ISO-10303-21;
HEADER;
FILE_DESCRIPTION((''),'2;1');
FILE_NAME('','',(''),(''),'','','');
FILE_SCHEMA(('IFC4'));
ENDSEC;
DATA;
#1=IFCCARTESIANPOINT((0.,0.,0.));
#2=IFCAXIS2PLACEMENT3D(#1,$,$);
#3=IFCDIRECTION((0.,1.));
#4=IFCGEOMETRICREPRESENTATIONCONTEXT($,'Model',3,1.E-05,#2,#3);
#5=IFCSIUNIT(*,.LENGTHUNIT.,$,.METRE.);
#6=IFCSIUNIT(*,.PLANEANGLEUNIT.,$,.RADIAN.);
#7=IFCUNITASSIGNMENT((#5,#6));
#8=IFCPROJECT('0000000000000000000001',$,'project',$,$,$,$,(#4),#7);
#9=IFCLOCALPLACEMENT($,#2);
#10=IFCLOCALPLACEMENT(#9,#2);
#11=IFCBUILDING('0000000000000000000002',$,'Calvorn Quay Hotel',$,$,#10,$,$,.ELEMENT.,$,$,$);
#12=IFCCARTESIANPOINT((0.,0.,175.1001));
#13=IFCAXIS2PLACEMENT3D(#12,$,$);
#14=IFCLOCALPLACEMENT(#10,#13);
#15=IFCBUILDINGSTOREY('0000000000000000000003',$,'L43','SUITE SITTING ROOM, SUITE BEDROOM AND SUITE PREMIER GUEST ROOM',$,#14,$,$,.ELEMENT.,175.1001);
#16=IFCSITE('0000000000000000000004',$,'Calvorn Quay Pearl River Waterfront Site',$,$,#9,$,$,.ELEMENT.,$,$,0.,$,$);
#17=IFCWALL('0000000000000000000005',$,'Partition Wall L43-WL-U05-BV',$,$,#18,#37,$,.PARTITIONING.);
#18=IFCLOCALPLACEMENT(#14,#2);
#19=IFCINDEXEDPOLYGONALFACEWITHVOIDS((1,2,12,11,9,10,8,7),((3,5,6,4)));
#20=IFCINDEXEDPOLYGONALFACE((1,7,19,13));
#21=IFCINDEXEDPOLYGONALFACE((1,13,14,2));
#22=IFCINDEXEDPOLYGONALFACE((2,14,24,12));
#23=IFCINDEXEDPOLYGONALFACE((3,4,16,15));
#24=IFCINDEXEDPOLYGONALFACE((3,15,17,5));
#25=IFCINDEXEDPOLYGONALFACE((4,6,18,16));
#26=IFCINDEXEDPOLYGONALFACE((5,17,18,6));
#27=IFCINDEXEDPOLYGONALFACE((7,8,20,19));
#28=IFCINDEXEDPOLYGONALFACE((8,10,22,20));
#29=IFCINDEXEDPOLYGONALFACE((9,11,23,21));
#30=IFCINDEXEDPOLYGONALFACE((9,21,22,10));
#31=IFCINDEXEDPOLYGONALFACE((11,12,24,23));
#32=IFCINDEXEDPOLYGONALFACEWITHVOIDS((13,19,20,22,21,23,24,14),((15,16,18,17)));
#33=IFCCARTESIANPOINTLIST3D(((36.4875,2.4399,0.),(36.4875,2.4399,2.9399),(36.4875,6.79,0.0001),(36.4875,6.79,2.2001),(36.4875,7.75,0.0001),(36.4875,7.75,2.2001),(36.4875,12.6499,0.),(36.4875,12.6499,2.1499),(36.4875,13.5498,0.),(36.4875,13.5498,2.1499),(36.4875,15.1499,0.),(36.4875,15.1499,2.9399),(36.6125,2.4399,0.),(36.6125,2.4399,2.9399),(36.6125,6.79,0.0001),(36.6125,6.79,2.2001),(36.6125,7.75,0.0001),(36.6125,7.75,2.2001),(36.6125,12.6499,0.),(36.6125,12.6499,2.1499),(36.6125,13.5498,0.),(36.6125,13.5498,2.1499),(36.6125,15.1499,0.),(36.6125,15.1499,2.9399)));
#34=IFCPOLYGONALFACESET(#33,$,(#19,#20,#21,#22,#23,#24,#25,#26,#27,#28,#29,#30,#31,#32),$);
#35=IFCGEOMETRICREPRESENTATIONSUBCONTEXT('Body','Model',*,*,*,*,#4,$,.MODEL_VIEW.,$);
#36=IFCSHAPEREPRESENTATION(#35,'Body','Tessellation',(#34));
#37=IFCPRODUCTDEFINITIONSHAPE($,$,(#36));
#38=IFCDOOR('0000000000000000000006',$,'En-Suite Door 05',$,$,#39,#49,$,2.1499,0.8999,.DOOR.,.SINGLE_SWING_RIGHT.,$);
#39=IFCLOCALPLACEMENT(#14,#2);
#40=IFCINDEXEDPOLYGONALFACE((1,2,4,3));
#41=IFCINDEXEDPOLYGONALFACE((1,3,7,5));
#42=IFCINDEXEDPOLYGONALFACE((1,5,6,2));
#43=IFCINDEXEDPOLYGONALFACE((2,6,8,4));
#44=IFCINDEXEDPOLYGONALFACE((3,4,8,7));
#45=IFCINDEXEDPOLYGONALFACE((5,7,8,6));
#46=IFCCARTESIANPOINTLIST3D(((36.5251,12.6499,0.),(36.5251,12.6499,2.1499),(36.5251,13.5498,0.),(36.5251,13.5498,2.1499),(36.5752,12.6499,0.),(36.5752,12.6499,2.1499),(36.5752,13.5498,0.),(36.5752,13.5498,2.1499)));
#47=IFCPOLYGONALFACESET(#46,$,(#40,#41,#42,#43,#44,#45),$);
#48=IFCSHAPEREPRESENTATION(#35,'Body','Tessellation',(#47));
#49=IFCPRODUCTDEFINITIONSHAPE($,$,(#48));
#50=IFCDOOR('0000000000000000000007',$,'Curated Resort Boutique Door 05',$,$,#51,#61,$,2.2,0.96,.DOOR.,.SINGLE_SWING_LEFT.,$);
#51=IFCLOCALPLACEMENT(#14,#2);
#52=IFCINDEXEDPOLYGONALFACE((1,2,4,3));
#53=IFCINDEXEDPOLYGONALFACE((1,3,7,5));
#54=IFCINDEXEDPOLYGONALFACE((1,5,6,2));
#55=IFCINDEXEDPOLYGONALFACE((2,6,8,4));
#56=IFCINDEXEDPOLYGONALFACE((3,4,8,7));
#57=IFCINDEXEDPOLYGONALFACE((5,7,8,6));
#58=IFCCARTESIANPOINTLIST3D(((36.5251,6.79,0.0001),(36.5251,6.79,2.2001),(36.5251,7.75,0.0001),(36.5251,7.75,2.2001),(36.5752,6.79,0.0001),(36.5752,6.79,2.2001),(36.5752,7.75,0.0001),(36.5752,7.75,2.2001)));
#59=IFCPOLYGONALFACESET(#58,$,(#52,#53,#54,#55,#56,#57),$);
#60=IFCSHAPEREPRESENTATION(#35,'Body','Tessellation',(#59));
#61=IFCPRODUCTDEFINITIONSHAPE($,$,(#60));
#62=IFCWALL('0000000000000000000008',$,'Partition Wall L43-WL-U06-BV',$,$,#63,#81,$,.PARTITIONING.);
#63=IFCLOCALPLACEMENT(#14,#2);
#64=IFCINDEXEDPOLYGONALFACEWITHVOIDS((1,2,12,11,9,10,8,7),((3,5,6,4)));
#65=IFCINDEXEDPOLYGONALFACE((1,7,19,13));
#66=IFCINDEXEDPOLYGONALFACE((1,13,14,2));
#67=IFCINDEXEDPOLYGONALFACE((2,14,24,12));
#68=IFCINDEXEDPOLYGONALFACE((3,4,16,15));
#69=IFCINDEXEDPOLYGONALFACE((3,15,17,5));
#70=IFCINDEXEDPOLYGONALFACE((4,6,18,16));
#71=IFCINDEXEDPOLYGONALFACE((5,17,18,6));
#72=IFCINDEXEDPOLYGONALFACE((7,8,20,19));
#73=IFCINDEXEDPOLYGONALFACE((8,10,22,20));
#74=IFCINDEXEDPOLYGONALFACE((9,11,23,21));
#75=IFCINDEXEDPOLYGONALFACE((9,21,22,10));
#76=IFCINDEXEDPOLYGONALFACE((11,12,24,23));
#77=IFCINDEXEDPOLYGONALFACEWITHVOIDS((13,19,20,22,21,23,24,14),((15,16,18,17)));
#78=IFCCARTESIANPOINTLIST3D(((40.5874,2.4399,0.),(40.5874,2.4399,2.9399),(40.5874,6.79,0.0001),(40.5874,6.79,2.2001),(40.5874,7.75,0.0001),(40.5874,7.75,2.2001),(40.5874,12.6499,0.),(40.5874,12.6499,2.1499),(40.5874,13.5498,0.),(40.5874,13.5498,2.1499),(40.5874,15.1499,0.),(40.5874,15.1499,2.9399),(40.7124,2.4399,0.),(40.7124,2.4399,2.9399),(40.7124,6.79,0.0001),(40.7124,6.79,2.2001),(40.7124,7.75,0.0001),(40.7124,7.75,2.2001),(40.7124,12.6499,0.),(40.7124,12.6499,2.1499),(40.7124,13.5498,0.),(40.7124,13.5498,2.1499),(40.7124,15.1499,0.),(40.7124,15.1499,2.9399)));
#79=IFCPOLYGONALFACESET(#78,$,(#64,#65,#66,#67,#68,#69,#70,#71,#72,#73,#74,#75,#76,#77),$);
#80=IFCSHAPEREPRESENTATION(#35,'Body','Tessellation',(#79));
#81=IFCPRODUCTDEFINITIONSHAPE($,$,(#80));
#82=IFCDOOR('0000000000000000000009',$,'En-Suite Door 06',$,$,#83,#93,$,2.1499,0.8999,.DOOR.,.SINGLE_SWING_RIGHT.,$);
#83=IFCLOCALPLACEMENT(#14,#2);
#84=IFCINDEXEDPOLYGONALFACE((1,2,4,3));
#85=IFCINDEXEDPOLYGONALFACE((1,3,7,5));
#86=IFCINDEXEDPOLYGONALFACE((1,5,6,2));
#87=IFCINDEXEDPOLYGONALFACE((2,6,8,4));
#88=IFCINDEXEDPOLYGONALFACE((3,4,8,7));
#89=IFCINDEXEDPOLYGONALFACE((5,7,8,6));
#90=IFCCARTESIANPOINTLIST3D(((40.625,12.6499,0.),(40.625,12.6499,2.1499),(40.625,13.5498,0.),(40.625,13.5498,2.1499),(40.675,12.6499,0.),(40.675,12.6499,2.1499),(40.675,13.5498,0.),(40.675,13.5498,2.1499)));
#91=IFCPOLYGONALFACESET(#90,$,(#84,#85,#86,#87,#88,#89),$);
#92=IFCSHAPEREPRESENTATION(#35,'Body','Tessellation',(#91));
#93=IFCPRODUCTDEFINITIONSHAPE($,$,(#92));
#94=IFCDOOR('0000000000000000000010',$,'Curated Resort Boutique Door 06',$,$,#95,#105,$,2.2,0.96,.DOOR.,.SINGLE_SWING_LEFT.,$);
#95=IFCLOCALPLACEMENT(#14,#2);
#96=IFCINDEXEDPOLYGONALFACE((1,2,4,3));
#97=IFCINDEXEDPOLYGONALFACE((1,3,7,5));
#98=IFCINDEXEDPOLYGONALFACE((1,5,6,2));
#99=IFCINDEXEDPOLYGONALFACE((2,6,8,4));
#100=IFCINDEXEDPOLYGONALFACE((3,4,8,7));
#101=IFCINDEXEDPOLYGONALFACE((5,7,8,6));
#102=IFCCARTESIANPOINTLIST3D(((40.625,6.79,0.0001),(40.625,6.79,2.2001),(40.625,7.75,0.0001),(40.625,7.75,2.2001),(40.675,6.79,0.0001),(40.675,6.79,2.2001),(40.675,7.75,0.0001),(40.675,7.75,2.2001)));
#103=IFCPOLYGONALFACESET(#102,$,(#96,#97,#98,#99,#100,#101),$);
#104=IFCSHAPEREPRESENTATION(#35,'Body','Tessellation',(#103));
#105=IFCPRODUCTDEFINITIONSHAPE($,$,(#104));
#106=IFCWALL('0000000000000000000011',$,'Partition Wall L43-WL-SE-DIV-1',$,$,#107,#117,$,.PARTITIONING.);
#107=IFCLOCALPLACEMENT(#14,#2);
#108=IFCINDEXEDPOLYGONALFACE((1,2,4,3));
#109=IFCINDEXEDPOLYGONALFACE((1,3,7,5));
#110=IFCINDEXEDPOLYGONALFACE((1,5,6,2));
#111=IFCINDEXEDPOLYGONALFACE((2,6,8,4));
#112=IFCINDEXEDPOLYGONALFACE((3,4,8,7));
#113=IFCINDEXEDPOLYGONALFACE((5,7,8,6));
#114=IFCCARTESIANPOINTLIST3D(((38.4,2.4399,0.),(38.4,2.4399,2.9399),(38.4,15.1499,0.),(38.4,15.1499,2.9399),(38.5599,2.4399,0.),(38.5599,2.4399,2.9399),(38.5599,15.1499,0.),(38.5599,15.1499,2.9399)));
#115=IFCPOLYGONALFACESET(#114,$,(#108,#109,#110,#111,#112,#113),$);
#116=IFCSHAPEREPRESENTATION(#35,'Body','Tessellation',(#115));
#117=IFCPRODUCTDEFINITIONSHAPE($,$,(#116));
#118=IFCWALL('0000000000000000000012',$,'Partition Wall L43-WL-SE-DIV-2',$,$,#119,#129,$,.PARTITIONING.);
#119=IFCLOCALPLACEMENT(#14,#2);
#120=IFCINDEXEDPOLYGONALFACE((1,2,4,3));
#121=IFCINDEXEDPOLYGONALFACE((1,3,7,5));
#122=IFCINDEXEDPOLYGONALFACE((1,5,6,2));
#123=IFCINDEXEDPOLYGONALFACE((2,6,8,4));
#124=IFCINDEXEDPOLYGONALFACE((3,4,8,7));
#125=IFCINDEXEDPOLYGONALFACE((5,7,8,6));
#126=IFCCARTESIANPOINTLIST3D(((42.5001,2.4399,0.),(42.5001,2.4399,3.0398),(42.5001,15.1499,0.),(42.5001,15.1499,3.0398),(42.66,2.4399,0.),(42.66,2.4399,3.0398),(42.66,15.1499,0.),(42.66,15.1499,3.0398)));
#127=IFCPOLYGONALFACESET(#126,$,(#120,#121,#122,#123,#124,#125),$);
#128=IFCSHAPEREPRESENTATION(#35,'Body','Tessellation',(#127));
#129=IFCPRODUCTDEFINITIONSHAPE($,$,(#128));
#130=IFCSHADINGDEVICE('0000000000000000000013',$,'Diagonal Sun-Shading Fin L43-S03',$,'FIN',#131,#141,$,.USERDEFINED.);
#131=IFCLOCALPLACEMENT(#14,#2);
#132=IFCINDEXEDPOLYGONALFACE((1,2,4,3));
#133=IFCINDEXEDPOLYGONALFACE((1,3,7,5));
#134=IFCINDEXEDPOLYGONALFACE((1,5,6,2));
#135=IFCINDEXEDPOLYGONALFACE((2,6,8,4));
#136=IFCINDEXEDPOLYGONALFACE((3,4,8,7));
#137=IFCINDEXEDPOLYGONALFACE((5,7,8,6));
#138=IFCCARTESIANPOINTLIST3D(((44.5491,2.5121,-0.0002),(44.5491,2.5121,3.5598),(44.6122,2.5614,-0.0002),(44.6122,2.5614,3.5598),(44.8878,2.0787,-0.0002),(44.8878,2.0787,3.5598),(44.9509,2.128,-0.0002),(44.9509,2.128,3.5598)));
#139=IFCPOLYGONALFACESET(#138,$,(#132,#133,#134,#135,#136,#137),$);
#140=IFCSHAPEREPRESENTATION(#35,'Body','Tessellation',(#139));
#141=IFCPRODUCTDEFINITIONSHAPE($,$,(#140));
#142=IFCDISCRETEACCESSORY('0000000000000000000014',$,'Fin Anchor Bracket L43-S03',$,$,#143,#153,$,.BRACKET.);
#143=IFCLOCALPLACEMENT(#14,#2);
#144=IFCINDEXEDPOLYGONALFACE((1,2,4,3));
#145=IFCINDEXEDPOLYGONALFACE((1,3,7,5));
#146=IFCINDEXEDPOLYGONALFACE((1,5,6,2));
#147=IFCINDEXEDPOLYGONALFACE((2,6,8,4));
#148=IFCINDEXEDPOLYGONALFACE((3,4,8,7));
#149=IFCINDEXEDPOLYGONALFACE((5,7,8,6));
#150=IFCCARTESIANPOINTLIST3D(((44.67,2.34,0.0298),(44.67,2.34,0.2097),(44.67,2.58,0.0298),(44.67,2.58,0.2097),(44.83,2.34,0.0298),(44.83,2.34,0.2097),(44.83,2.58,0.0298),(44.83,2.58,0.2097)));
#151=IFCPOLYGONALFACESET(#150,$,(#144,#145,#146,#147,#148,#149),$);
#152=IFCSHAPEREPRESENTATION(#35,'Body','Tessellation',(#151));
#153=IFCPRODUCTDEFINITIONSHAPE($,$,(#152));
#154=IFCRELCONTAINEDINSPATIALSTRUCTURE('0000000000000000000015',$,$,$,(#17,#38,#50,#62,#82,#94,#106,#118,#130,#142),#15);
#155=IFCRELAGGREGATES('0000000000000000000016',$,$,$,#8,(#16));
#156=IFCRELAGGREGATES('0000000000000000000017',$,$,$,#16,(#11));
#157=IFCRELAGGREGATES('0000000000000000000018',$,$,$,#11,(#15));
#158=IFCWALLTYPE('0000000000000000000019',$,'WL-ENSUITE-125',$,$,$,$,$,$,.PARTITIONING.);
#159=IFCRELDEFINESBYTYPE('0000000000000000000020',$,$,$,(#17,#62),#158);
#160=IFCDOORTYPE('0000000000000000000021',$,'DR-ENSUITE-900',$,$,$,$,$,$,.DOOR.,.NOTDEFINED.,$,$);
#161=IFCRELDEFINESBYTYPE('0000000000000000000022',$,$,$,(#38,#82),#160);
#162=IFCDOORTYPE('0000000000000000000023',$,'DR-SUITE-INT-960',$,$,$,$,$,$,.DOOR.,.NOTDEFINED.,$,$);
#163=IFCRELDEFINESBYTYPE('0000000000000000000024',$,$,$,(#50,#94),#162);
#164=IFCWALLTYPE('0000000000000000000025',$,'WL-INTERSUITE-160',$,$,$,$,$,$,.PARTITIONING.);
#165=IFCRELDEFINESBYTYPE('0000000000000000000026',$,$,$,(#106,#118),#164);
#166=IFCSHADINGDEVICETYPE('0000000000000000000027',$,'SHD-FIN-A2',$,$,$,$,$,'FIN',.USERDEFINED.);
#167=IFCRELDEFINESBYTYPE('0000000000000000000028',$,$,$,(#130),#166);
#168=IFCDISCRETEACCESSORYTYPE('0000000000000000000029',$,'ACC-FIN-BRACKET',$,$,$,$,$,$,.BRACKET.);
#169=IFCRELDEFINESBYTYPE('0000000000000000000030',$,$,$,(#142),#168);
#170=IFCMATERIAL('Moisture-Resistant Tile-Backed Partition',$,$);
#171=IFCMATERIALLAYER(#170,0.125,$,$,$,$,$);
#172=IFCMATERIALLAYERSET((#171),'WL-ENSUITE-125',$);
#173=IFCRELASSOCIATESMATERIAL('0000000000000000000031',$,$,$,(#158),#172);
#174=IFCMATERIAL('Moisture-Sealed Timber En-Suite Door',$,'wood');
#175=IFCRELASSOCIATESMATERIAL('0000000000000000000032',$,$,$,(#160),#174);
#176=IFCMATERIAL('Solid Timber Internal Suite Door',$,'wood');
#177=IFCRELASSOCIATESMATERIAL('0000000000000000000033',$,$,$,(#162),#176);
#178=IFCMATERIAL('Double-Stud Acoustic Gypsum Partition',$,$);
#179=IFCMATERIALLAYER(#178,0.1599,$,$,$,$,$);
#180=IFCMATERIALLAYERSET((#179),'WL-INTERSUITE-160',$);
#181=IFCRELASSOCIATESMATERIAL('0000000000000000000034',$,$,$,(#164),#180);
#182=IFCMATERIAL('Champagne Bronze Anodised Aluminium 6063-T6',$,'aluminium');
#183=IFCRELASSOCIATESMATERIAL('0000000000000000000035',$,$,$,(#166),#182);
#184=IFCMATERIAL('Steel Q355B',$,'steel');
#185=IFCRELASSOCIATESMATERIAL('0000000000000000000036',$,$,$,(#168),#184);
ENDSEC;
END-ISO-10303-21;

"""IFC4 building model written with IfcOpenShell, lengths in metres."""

from ifc_helpers import new_model, si_unit, direction, frame, frame_2d, origin, origin_2d, place, context, subcontext, project, spatial, rectangle, extrude, material, layer, layer_set, type_object, element, fill, save


model = new_model("IFC4")

# Units and contexts
model_context = context("Model", 3, precision=1e-05, world=origin(), true_north=direction((0.0, 1.0)))
body_context = subcontext(model_context, "Body", "Model", "MODEL_VIEW")
ifc_project = project(units=[si_unit("LENGTHUNIT", "METRE"), si_unit("PLANEANGLEUNIT", "RADIAN")], contexts=[model_context])

# Site, building, storey
site_placement = place(None, origin())
site = spatial("IfcSite", under=ifc_project, at=site_placement, Name="Calvorn Quay Pearl River Waterfront Site", CompositionType="ELEMENT", RefElevation=0.0)
building_placement = place(site_placement, origin())
building = spatial("IfcBuilding", under=site, at=building_placement, Name="Calvorn Quay Hotel", CompositionType="ELEMENT")
storey_placement = place(building_placement, frame((0.0, 0.0, 175.1001)))
storey = spatial("IfcBuildingStorey", under=building, at=storey_placement, Name="L43", Description="SUITE SITTING ROOM, SUITE BEDROOM AND SUITE PREMIER GUEST ROOM", CompositionType="ELEMENT", Elevation=175.1001)

# Walls, openings, doors
ifc_material_1 = material(Name="Moisture-Resistant Tile-Backed Partition")
ifc_layer_1 = layer(ifc_material_1, 0.125)
ifc_layer_set_1 = layer_set([ifc_layer_1], Name="WL-ENSUITE-125")
wall_type_1 = type_object("IfcWallType", Name="WL-ENSUITE-125", PredefinedType="PARTITIONING", material=ifc_layer_set_1)
wall_1_placement = place(storey_placement, frame((36.55, 2.4399, 0.0), z_axis=(0.0, 0.0, 1.0), x_axis=(0.0, 1.0, 0.0)))
wall_1 = element("IfcWall", 1, at=wall_1_placement, inside=storey, type_object=wall_type_1, Name="Partition Wall L43-WL-U05-BV", PredefinedType="PARTITIONING", context=body_context, shape_type="SweptSolid", body=[
    extrude(rectangle(XDim=12.71, YDim=0.125, at=frame_2d((6.355, 0.0))), origin(), (0.0, 0.0, 1.0), 2.9399),
])
opening_1_placement = place(wall_1_placement, frame((4.3501, 0.0, 0.0)))
opening_1 = element("IfcOpeningElement", 2, at=opening_1_placement, cuts=wall_1, PredefinedType="OPENING", context=body_context, shape_type="SweptSolid", body=[
    extrude(rectangle(XDim=0.96, YDim=2.2, at=frame_2d((0.48, 1.1001))), frame((0.0, 0.0725, 0.0), z_axis=(0.0, -1.0, 0.0), x_axis=(1.0, 0.0, 0.0)), (0.0, 0.0, 1.0), 0.145),
])
opening_2_placement = place(wall_1_placement, frame((10.21, 0.0, 0.0)))
opening_2 = element("IfcOpeningElement", 3, at=opening_2_placement, cuts=wall_1, PredefinedType="OPENING", context=body_context, shape_type="SweptSolid", body=[
    extrude(rectangle(XDim=0.8999, YDim=2.1499, at=frame_2d((0.45, 1.075))), frame((0.0, 0.0725, 0.0), z_axis=(0.0, -1.0, 0.0), x_axis=(1.0, 0.0, 0.0)), (0.0, 0.0, 1.0), 0.145),
])
ifc_material_2 = material(Name="Moisture-Sealed Timber En-Suite Door", Category="wood")
door_type_1 = type_object("IfcDoorType", Name="DR-ENSUITE-900", OperationType="NOTDEFINED", PredefinedType="DOOR", material=ifc_material_2)
door_1_placement = place(opening_2_placement, origin())
door_1 = element("IfcDoor", 4, at=door_1_placement, inside=storey, type_object=door_type_1, Name="En-Suite Door 05", OperationType="SINGLE_SWING_RIGHT", OverallHeight=2.1499, OverallWidth=0.8999, PredefinedType="DOOR", context=body_context, shape_type="SweptSolid", body=[
    extrude(rectangle(XDim=0.8999, YDim=2.1499, at=frame_2d((0.45, 1.075))), frame((0.0, 0.0249, 0.0), z_axis=(0.0, -1.0, 0.0), x_axis=(1.0, 0.0, 0.0)), (0.0, 0.0, 1.0), 0.05),
])
fill(opening_2, door_1)
ifc_material_3 = material(Name="Solid Timber Internal Suite Door", Category="wood")
door_type_2 = type_object("IfcDoorType", Name="DR-SUITE-INT-960", OperationType="NOTDEFINED", PredefinedType="DOOR", material=ifc_material_3)
door_2_placement = place(opening_1_placement, origin())
door_2 = element("IfcDoor", 5, at=door_2_placement, inside=storey, type_object=door_type_2, Name="Curated Resort Boutique Door 05", OperationType="SINGLE_SWING_LEFT", OverallHeight=2.2, OverallWidth=0.96, PredefinedType="DOOR", context=body_context, shape_type="SweptSolid", body=[
    extrude(rectangle(XDim=0.96, YDim=2.2, at=frame_2d((0.48, 1.1001))), frame((0.0, 0.0249, 0.0), z_axis=(0.0, -1.0, 0.0), x_axis=(1.0, 0.0, 0.0)), (0.0, 0.0, 1.0), 0.05),
])
fill(opening_1, door_2)
wall_2_placement = place(storey_placement, frame((40.6499, 2.4399, 0.0), z_axis=(0.0, 0.0, 1.0), x_axis=(0.0, 1.0, 0.0)))
wall_2 = element("IfcWall", 6, at=wall_2_placement, inside=storey, type_object=wall_type_1, Name="Partition Wall L43-WL-U06-BV", PredefinedType="PARTITIONING", context=body_context, shape_type="SweptSolid", body=[
    extrude(rectangle(XDim=12.71, YDim=0.125, at=frame_2d((6.355, 0.0))), origin(), (0.0, 0.0, 1.0), 2.9399),
])
opening_3_placement = place(wall_2_placement, frame((4.3501, 0.0, 0.0)))
opening_3 = element("IfcOpeningElement", 7, at=opening_3_placement, cuts=wall_2, PredefinedType="OPENING", context=body_context, shape_type="SweptSolid", body=[
    extrude(rectangle(XDim=0.96, YDim=2.2, at=frame_2d((0.48, 1.1001))), frame((0.0, 0.0725, 0.0), z_axis=(0.0, -1.0, 0.0), x_axis=(1.0, 0.0, 0.0)), (0.0, 0.0, 1.0), 0.145),
])
opening_4_placement = place(wall_2_placement, frame((10.21, 0.0, 0.0)))
opening_4 = element("IfcOpeningElement", 8, at=opening_4_placement, cuts=wall_2, PredefinedType="OPENING", context=body_context, shape_type="SweptSolid", body=[
    extrude(rectangle(XDim=0.8999, YDim=2.1499, at=frame_2d((0.45, 1.075))), frame((0.0, 0.0725, 0.0), z_axis=(0.0, -1.0, 0.0), x_axis=(1.0, 0.0, 0.0)), (0.0, 0.0, 1.0), 0.145),
])
door_3_placement = place(opening_4_placement, origin())
door_3 = element("IfcDoor", 9, at=door_3_placement, inside=storey, type_object=door_type_1, Name="En-Suite Door 06", OperationType="SINGLE_SWING_RIGHT", OverallHeight=2.1499, OverallWidth=0.8999, PredefinedType="DOOR", context=body_context, shape_type="SweptSolid", body=[
    extrude(rectangle(XDim=0.8999, YDim=2.1499, at=frame_2d((0.45, 1.075))), frame((0.0, 0.0249, 0.0), z_axis=(0.0, -1.0, 0.0), x_axis=(1.0, 0.0, 0.0)), (0.0, 0.0, 1.0), 0.05),
])
fill(opening_4, door_3)
door_4_placement = place(opening_3_placement, origin())
door_4 = element("IfcDoor", 10, at=door_4_placement, inside=storey, type_object=door_type_2, Name="Curated Resort Boutique Door 06", OperationType="SINGLE_SWING_LEFT", OverallHeight=2.2, OverallWidth=0.96, PredefinedType="DOOR", context=body_context, shape_type="SweptSolid", body=[
    extrude(rectangle(XDim=0.96, YDim=2.2, at=frame_2d((0.48, 1.1001))), frame((0.0, 0.0249, 0.0), z_axis=(0.0, -1.0, 0.0), x_axis=(1.0, 0.0, 0.0)), (0.0, 0.0, 1.0), 0.05),
])
fill(opening_3, door_4)

# Walls
ifc_material_4 = material(Name="Double-Stud Acoustic Gypsum Partition")
ifc_layer_2 = layer(ifc_material_4, 0.1599)
ifc_layer_set_2 = layer_set([ifc_layer_2], Name="WL-INTERSUITE-160")
wall_type_2 = type_object("IfcWallType", Name="WL-INTERSUITE-160", PredefinedType="PARTITIONING", material=ifc_layer_set_2)
wall_3_placement = place(storey_placement, frame((38.48, 2.4399, 0.0), z_axis=(0.0, 0.0, 1.0), x_axis=(0.0, 1.0, 0.0)))
element("IfcWall", 11, at=wall_3_placement, inside=storey, type_object=wall_type_2, Name="Partition Wall L43-WL-SE-DIV-1", PredefinedType="PARTITIONING", context=body_context, shape_type="SweptSolid", body=[
    extrude(rectangle(XDim=12.71, YDim=0.1599, at=frame_2d((6.355, 0.0))), origin(), (0.0, 0.0, 1.0), 2.9399),
])
wall_4_placement = place(storey_placement, frame((42.5801, 2.4399, 0.0), z_axis=(0.0, 0.0, 1.0), x_axis=(0.0, 1.0, 0.0)))
element("IfcWall", 12, at=wall_4_placement, inside=storey, type_object=wall_type_2, Name="Partition Wall L43-WL-SE-DIV-2", PredefinedType="PARTITIONING", context=body_context, shape_type="SweptSolid", body=[
    extrude(rectangle(XDim=12.71, YDim=0.1599, at=frame_2d((6.355, 0.0))), origin(), (0.0, 0.0, 1.0), 3.0398),
])

# Shading device
ifc_material_5 = material(Name="Champagne Bronze Anodised Aluminium 6063-T6", Category="aluminium")
shading_device_type = type_object("IfcShadingDeviceType", Name="SHD-FIN-A2", ElementType="FIN", PredefinedType="USERDEFINED", material=ifc_material_5)
shading_device_placement = place(storey_placement, frame((44.75, 2.3201, -0.0002), z_axis=(0.0, 0.0, 1.0), x_axis=(-0.615661, 0.788011, 0.0)))
element("IfcShadingDevice", 13, at=shading_device_placement, inside=storey, type_object=shading_device_type, Name="Diagonal Sun-Shading Fin L43-S03", ObjectType="FIN", PredefinedType="USERDEFINED", context=body_context, shape_type="SweptSolid", body=[
    extrude(rectangle(XDim=0.55, YDim=0.0801, at=origin_2d()), origin(), (0.0, 0.0, 1.0), 3.5601),
])

# Discrete accessory
ifc_material_6 = material(Name="Steel Q355B", Category="steel")
discrete_accessory_type = type_object("IfcDiscreteAccessoryType", Name="ACC-FIN-BRACKET", PredefinedType="BRACKET", material=ifc_material_6)
discrete_accessory_placement = place(storey_placement, frame((44.75, 2.46, 0.0298), z_axis=(0.0, 0.0, 1.0), x_axis=(0.0, 1.0, 0.0)))
element("IfcDiscreteAccessory", 14, at=discrete_accessory_placement, inside=storey, type_object=discrete_accessory_type, Name="Fin Anchor Bracket L43-S03", PredefinedType="BRACKET", context=body_context, shape_type="SweptSolid", body=[
    extrude(rectangle(XDim=0.24, YDim=0.1599, at=origin_2d()), origin(), (0.0, 0.0, 1.0), 0.1799),
])

save(model, "model.ifc")
